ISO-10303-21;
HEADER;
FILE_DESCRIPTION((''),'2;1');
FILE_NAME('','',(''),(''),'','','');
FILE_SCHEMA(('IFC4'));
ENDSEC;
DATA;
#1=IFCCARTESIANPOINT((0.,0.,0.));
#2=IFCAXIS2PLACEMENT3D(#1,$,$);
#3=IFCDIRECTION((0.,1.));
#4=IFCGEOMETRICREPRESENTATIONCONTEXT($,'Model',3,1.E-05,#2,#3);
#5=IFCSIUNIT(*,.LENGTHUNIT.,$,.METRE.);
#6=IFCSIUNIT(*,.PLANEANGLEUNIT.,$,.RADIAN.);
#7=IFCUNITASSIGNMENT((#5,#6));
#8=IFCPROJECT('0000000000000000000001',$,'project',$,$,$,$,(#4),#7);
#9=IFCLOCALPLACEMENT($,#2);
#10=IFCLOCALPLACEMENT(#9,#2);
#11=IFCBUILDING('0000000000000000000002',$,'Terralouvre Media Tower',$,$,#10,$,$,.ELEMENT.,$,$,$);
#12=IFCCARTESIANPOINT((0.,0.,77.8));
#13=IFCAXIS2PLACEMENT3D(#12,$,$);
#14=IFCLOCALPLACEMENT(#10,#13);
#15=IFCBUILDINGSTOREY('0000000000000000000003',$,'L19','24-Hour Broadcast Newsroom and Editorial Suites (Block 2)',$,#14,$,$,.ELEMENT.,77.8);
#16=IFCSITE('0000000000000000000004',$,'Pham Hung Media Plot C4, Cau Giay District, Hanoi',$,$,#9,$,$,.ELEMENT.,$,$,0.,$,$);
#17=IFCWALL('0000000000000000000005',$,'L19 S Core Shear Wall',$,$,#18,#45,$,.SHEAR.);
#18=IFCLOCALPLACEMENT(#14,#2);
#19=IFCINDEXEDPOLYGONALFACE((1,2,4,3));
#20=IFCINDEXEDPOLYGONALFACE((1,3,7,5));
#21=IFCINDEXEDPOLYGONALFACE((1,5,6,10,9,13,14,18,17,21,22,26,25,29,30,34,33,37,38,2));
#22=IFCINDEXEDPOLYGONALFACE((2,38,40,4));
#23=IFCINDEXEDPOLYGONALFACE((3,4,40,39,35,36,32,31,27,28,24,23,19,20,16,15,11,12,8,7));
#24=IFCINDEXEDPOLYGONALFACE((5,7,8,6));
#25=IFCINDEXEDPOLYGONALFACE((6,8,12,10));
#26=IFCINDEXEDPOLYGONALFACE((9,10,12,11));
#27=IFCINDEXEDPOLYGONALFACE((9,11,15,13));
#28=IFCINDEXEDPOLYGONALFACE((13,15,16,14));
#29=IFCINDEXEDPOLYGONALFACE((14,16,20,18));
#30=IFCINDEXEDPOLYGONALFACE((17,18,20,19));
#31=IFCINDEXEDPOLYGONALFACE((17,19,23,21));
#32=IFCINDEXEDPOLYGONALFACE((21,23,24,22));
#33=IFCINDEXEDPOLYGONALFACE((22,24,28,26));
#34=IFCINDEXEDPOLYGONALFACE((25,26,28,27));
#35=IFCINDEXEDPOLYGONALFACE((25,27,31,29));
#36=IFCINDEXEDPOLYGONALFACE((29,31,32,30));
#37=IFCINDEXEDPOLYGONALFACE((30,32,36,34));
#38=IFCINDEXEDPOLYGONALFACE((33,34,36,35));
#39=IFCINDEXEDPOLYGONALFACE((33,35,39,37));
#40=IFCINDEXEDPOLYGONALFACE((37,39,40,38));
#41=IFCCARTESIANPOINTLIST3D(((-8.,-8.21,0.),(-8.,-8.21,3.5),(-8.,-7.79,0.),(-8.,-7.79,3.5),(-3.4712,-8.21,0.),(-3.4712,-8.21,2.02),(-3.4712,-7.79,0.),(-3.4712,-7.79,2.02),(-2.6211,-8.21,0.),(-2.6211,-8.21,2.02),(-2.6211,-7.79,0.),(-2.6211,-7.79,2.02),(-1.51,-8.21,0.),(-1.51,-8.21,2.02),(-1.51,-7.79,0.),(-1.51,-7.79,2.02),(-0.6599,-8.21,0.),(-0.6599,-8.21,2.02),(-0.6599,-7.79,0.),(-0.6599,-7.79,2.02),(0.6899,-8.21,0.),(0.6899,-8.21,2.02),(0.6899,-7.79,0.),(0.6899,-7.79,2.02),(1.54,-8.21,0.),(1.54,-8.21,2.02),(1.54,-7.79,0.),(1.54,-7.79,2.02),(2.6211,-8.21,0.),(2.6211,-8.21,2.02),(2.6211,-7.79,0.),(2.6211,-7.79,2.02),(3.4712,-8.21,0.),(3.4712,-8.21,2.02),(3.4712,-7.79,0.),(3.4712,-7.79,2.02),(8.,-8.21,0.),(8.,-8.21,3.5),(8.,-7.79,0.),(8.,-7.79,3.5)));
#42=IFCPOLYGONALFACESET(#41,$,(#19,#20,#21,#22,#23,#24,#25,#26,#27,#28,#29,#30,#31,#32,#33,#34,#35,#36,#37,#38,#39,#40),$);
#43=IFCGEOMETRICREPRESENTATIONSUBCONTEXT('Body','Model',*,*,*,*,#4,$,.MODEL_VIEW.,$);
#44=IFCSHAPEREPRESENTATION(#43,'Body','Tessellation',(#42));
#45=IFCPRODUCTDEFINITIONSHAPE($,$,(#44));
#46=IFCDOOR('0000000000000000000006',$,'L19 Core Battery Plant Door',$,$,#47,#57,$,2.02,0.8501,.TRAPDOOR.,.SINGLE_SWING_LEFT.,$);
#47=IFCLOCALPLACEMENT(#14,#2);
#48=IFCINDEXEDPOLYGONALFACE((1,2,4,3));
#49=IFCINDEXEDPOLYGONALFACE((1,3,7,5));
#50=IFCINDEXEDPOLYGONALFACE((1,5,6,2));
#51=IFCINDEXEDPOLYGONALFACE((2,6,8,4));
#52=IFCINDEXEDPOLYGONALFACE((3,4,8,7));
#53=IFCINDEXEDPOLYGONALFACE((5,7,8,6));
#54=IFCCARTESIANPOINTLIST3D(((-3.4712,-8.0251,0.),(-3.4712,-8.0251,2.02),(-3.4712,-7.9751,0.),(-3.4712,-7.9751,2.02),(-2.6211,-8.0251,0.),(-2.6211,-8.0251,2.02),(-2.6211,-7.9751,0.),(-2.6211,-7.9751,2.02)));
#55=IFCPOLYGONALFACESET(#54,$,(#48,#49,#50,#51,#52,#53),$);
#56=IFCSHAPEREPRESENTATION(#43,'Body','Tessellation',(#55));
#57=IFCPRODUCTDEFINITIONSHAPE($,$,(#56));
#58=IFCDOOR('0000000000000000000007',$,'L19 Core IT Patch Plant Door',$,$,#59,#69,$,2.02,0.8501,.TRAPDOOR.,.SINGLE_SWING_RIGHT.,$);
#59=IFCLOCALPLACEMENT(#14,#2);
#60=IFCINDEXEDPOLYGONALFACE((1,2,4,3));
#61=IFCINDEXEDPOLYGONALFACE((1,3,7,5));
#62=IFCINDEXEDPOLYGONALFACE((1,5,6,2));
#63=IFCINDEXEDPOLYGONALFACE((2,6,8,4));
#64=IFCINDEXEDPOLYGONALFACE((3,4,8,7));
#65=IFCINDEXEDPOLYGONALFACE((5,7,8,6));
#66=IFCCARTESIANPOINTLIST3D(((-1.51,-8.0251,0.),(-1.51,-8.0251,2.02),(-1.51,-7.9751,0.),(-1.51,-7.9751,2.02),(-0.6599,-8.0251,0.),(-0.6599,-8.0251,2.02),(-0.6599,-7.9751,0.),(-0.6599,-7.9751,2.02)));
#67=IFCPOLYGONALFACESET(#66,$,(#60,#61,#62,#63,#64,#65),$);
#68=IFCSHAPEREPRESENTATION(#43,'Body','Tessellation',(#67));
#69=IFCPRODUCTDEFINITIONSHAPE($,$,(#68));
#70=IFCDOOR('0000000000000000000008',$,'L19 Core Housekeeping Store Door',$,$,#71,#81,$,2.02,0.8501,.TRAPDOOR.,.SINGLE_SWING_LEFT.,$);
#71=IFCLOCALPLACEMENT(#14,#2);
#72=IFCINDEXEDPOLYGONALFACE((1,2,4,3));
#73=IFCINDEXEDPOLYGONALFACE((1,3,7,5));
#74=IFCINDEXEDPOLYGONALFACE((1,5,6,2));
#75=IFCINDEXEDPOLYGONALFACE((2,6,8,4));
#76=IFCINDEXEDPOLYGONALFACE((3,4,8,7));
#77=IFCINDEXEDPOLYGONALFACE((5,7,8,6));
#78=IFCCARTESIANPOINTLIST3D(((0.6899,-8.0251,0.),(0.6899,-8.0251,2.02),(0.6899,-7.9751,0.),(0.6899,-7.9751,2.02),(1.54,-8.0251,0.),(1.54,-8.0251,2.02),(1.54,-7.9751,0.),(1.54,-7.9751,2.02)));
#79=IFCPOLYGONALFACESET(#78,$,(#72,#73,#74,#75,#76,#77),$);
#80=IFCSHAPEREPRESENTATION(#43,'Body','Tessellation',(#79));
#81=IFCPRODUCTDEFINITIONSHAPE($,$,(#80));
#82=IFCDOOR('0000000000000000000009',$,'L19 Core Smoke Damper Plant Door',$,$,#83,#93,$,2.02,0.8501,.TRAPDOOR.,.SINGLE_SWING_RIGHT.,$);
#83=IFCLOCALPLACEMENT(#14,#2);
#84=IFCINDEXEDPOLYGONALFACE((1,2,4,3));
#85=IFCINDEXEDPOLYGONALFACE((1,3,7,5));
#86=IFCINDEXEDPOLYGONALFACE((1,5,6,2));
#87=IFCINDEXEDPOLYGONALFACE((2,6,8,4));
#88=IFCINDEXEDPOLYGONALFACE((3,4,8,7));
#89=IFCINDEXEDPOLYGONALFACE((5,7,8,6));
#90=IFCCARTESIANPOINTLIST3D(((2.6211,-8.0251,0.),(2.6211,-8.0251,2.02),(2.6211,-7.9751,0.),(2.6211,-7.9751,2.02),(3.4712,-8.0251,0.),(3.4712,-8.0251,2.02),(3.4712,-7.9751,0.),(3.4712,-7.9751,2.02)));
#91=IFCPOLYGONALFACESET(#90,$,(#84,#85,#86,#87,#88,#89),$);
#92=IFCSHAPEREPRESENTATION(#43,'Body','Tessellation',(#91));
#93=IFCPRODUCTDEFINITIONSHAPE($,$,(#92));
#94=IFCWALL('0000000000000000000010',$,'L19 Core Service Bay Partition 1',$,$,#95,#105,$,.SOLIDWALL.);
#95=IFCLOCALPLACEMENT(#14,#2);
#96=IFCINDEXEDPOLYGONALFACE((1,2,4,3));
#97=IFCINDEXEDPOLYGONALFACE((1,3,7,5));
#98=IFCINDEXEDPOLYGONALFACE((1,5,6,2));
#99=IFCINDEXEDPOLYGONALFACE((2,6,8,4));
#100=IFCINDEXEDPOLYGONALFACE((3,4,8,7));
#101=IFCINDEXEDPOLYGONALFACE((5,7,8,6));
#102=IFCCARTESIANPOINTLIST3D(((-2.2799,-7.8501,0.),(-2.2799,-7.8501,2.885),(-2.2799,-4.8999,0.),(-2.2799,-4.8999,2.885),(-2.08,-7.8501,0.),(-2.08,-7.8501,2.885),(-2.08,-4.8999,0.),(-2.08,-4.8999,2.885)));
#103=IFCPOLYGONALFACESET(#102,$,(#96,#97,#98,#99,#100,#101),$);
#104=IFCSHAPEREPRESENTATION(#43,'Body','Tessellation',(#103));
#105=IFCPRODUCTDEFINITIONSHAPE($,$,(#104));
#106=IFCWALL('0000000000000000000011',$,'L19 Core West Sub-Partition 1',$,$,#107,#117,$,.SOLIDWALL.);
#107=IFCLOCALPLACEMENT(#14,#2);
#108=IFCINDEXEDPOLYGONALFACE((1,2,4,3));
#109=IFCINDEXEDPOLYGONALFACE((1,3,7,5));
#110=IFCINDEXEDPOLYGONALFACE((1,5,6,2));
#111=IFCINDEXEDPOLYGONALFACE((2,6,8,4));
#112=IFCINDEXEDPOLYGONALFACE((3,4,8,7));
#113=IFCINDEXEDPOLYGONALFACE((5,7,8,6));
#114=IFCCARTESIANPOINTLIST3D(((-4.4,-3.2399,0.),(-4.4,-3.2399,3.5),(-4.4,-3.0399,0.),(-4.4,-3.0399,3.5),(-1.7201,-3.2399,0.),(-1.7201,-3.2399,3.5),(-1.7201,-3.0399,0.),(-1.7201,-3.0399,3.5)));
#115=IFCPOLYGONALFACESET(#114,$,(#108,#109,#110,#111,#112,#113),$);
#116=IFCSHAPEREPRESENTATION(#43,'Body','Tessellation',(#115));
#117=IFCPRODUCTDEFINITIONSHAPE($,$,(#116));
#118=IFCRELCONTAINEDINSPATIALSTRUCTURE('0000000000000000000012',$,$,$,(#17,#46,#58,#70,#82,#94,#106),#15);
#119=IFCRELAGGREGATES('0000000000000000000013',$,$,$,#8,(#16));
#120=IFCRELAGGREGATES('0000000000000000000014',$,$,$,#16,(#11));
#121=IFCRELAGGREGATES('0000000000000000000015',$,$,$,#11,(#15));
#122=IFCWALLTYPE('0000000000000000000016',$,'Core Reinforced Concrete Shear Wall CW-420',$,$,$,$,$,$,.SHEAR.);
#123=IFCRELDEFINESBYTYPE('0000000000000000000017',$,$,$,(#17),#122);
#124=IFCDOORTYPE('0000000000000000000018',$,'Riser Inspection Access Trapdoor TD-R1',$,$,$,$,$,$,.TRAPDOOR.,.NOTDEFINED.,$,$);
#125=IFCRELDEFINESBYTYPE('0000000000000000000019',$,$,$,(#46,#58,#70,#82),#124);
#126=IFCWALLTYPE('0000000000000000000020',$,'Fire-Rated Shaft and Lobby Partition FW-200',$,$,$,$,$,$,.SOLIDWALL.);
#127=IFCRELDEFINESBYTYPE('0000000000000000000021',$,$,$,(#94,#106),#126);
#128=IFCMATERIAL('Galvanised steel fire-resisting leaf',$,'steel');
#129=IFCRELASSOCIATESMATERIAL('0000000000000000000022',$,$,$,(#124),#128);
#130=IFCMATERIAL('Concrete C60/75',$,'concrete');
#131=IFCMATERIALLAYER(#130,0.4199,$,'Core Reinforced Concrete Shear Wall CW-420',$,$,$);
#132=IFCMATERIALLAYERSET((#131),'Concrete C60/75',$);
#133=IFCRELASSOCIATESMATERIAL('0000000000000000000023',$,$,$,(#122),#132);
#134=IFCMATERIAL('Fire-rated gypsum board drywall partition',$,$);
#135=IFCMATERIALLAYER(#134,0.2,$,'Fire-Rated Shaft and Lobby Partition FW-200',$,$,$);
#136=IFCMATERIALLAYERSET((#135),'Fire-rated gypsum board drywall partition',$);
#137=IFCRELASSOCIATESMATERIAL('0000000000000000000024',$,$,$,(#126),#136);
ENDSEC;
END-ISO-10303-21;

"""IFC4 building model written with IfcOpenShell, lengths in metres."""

from ifc_helpers import new_model, si_unit, direction, frame, frame_2d, origin, place, context, subcontext, project, spatial, rectangle, extrude, material, layer, layer_set, type_object, element, fill, save


model = new_model("IFC4")

# Units and contexts
model_context = context("Model", 3, precision=1e-05, world=origin(), true_north=direction((0.0, 1.0)))
body_context = subcontext(model_context, "Body", "Model", "MODEL_VIEW")
ifc_project = project(units=[si_unit("LENGTHUNIT", "METRE"), si_unit("PLANEANGLEUNIT", "RADIAN")], contexts=[model_context])

# Site, building, storey
site_placement = place(None, origin())
site = spatial("IfcSite", under=ifc_project, at=site_placement, Name="Pham Hung Media Plot C4, Cau Giay District, Hanoi", CompositionType="ELEMENT", RefElevation=0.0)
building_placement = place(site_placement, origin())
building = spatial("IfcBuilding", under=site, at=building_placement, Name="Terralouvre Media Tower", CompositionType="ELEMENT")
storey_placement = place(building_placement, frame((0.0, 0.0, 77.8)))
storey = spatial("IfcBuildingStorey", under=building, at=storey_placement, Name="L19", Description="24-Hour Broadcast Newsroom and Editorial Suites (Block 2)", CompositionType="ELEMENT", Elevation=77.8)

# Shared definitions
ifc_material_1 = material(Name="Galvanised steel fire-resisting leaf", Category="steel")
door_type_1 = type_object("IfcDoorType", Name="Riser Inspection Access Trapdoor TD-R1", OperationType="NOTDEFINED", PredefinedType="TRAPDOOR", material=ifc_material_1)

# Wall, openings, doors
ifc_material_2 = material(Name="Concrete C60/75", Category="concrete")
ifc_layer_1 = layer(ifc_material_2, 0.4199, Name="Core Reinforced Concrete Shear Wall CW-420")
ifc_layer_set_1 = layer_set([ifc_layer_1], Name="Concrete C60/75")
wall_type_1 = type_object("IfcWallType", Name="Core Reinforced Concrete Shear Wall CW-420", PredefinedType="SHEAR", material=ifc_layer_set_1)
wall_1_placement = place(storey_placement, frame((-8.0, -8.0, 0.0), z_axis=(0.0, 0.0, 1.0), x_axis=(1.0, 0.0, 0.0)))
wall_1 = element("IfcWall", 1, at=wall_1_placement, inside=storey, type_object=wall_type_1, Name="L19 S Core Shear Wall", PredefinedType="SHEAR", context=body_context, shape_type="SweptSolid", body=[
    extrude(rectangle(XDim=16.0, YDim=0.4199, at=frame_2d((8.0, 0.0))), origin(), (0.0, 0.0, 1.0), 3.5),
])
opening_1_placement = place(wall_1_placement, frame((4.5288, 0.0, 0.0)))
opening_1 = element("IfcOpeningElement", 2, at=opening_1_placement, cuts=wall_1, PredefinedType="OPENING", context=body_context, shape_type="SweptSolid", body=[
    extrude(rectangle(XDim=0.8501, YDim=2.02, at=frame_2d((0.425, 1.01))), frame((0.0, 0.22, 0.0), z_axis=(0.0, -1.0, 0.0), x_axis=(1.0, 0.0, 0.0)), (0.0, 0.0, 1.0), 0.4399),
])
opening_2_placement = place(wall_1_placement, frame((6.49, 0.0, 0.0)))
opening_2 = element("IfcOpeningElement", 3, at=opening_2_placement, cuts=wall_1, PredefinedType="OPENING", context=body_context, shape_type="SweptSolid", body=[
    extrude(rectangle(XDim=0.8501, YDim=2.02, at=frame_2d((0.425, 1.01))), frame((0.0, 0.22, 0.0), z_axis=(0.0, -1.0, 0.0), x_axis=(1.0, 0.0, 0.0)), (0.0, 0.0, 1.0), 0.4399),
])
opening_3_placement = place(wall_1_placement, frame((8.6899, 0.0, 0.0)))
opening_3 = element("IfcOpeningElement", 4, at=opening_3_placement, cuts=wall_1, PredefinedType="OPENING", context=body_context, shape_type="SweptSolid", body=[
    extrude(rectangle(XDim=0.8501, YDim=2.02, at=frame_2d((0.425, 1.01))), frame((0.0, 0.22, 0.0), z_axis=(0.0, -1.0, 0.0), x_axis=(1.0, 0.0, 0.0)), (0.0, 0.0, 1.0), 0.4399),
])
opening_4_placement = place(wall_1_placement, frame((10.6211, 0.0, 0.0)))
opening_4 = element("IfcOpeningElement", 5, at=opening_4_placement, cuts=wall_1, PredefinedType="OPENING", context=body_context, shape_type="SweptSolid", body=[
    extrude(rectangle(XDim=0.8501, YDim=2.02, at=frame_2d((0.425, 1.01))), frame((0.0, 0.22, 0.0), z_axis=(0.0, -1.0, 0.0), x_axis=(1.0, 0.0, 0.0)), (0.0, 0.0, 1.0), 0.4399),
])
door_1_placement = place(opening_1_placement, origin())
door_1 = element("IfcDoor", 6, at=door_1_placement, inside=storey, type_object=door_type_1, Name="L19 Core Battery Plant Door", OperationType="SINGLE_SWING_LEFT", OverallHeight=2.02, OverallWidth=0.8501, PredefinedType="TRAPDOOR", context=body_context, shape_type="SweptSolid", body=[
    extrude(rectangle(XDim=0.8501, YDim=2.02, at=frame_2d((0.425, 1.01))), frame((0.0, 0.0249, 0.0), z_axis=(0.0, -1.0, 0.0), x_axis=(1.0, 0.0, 0.0)), (0.0, 0.0, 1.0), 0.05),
])
fill(opening_1, door_1)
door_2_placement = place(opening_2_placement, origin())
door_2 = element("IfcDoor", 7, at=door_2_placement, inside=storey, type_object=door_type_1, Name="L19 Core IT Patch Plant Door", OperationType="SINGLE_SWING_RIGHT", OverallHeight=2.02, OverallWidth=0.8501, PredefinedType="TRAPDOOR", context=body_context, shape_type="SweptSolid", body=[
    extrude(rectangle(XDim=0.8501, YDim=2.02, at=frame_2d((0.425, 1.01))), frame((0.0, 0.0249, 0.0), z_axis=(0.0, -1.0, 0.0), x_axis=(1.0, 0.0, 0.0)), (0.0, 0.0, 1.0), 0.05),
])
fill(opening_2, door_2)
door_3_placement = place(opening_3_placement, origin())
door_3 = element("IfcDoor", 8, at=door_3_placement, inside=storey, type_object=door_type_1, Name="L19 Core Housekeeping Store Door", OperationType="SINGLE_SWING_LEFT", OverallHeight=2.02, OverallWidth=0.8501, PredefinedType="TRAPDOOR", context=body_context, shape_type="SweptSolid", body=[
    extrude(rectangle(XDim=0.8501, YDim=2.02, at=frame_2d((0.425, 1.01))), frame((0.0, 0.0249, 0.0), z_axis=(0.0, -1.0, 0.0), x_axis=(1.0, 0.0, 0.0)), (0.0, 0.0, 1.0), 0.05),
])
fill(opening_3, door_3)
door_4_placement = place(opening_4_placement, origin())
door_4 = element("IfcDoor", 9, at=door_4_placement, inside=storey, type_object=door_type_1, Name="L19 Core Smoke Damper Plant Door", OperationType="SINGLE_SWING_RIGHT", OverallHeight=2.02, OverallWidth=0.8501, PredefinedType="TRAPDOOR", context=body_context, shape_type="SweptSolid", body=[
    extrude(rectangle(XDim=0.8501, YDim=2.02, at=frame_2d((0.425, 1.01))), frame((0.0, 0.0249, 0.0), z_axis=(0.0, -1.0, 0.0), x_axis=(1.0, 0.0, 0.0)), (0.0, 0.0, 1.0), 0.05),
])
fill(opening_4, door_4)

# Walls
ifc_material_3 = material(Name="Fire-rated gypsum board drywall partition")
ifc_layer_2 = layer(ifc_material_3, 0.2, Name="Fire-Rated Shaft and Lobby Partition FW-200")
ifc_layer_set_2 = layer_set([ifc_layer_2], Name="Fire-rated gypsum board drywall partition")
wall_type_2 = type_object("IfcWallType", Name="Fire-Rated Shaft and Lobby Partition FW-200", PredefinedType="SOLIDWALL", material=ifc_layer_set_2)
wall_2_placement = place(storey_placement, frame((-2.1799, -7.8501, 0.0), z_axis=(0.0, 0.0, 1.0), x_axis=(0.0, 1.0, 0.0)))
element("IfcWall", 10, at=wall_2_placement, inside=storey, type_object=wall_type_2, Name="L19 Core Service Bay Partition 1", PredefinedType="SOLIDWALL", context=body_context, shape_type="SweptSolid", body=[
    extrude(rectangle(XDim=2.9502, YDim=0.2, at=frame_2d((1.4751, 0.0))), origin(), (0.0, 0.0, 1.0), 2.885),
])
wall_3_placement = place(storey_placement, frame((-4.3999, -3.1399, 0.0), z_axis=(0.0, 0.0, 1.0), x_axis=(1.0, 0.0, 0.0)))
element("IfcWall", 11, at=wall_3_placement, inside=storey, type_object=wall_type_2, Name="L19 Core West Sub-Partition 1", PredefinedType="SOLIDWALL", context=body_context, shape_type="SweptSolid", body=[
    extrude(rectangle(XDim=2.6799, YDim=0.2, at=frame_2d((1.3398, 0.0))), origin(), (0.0, 0.0, 1.0), 3.5),
])

save(model, "model.ifc")
